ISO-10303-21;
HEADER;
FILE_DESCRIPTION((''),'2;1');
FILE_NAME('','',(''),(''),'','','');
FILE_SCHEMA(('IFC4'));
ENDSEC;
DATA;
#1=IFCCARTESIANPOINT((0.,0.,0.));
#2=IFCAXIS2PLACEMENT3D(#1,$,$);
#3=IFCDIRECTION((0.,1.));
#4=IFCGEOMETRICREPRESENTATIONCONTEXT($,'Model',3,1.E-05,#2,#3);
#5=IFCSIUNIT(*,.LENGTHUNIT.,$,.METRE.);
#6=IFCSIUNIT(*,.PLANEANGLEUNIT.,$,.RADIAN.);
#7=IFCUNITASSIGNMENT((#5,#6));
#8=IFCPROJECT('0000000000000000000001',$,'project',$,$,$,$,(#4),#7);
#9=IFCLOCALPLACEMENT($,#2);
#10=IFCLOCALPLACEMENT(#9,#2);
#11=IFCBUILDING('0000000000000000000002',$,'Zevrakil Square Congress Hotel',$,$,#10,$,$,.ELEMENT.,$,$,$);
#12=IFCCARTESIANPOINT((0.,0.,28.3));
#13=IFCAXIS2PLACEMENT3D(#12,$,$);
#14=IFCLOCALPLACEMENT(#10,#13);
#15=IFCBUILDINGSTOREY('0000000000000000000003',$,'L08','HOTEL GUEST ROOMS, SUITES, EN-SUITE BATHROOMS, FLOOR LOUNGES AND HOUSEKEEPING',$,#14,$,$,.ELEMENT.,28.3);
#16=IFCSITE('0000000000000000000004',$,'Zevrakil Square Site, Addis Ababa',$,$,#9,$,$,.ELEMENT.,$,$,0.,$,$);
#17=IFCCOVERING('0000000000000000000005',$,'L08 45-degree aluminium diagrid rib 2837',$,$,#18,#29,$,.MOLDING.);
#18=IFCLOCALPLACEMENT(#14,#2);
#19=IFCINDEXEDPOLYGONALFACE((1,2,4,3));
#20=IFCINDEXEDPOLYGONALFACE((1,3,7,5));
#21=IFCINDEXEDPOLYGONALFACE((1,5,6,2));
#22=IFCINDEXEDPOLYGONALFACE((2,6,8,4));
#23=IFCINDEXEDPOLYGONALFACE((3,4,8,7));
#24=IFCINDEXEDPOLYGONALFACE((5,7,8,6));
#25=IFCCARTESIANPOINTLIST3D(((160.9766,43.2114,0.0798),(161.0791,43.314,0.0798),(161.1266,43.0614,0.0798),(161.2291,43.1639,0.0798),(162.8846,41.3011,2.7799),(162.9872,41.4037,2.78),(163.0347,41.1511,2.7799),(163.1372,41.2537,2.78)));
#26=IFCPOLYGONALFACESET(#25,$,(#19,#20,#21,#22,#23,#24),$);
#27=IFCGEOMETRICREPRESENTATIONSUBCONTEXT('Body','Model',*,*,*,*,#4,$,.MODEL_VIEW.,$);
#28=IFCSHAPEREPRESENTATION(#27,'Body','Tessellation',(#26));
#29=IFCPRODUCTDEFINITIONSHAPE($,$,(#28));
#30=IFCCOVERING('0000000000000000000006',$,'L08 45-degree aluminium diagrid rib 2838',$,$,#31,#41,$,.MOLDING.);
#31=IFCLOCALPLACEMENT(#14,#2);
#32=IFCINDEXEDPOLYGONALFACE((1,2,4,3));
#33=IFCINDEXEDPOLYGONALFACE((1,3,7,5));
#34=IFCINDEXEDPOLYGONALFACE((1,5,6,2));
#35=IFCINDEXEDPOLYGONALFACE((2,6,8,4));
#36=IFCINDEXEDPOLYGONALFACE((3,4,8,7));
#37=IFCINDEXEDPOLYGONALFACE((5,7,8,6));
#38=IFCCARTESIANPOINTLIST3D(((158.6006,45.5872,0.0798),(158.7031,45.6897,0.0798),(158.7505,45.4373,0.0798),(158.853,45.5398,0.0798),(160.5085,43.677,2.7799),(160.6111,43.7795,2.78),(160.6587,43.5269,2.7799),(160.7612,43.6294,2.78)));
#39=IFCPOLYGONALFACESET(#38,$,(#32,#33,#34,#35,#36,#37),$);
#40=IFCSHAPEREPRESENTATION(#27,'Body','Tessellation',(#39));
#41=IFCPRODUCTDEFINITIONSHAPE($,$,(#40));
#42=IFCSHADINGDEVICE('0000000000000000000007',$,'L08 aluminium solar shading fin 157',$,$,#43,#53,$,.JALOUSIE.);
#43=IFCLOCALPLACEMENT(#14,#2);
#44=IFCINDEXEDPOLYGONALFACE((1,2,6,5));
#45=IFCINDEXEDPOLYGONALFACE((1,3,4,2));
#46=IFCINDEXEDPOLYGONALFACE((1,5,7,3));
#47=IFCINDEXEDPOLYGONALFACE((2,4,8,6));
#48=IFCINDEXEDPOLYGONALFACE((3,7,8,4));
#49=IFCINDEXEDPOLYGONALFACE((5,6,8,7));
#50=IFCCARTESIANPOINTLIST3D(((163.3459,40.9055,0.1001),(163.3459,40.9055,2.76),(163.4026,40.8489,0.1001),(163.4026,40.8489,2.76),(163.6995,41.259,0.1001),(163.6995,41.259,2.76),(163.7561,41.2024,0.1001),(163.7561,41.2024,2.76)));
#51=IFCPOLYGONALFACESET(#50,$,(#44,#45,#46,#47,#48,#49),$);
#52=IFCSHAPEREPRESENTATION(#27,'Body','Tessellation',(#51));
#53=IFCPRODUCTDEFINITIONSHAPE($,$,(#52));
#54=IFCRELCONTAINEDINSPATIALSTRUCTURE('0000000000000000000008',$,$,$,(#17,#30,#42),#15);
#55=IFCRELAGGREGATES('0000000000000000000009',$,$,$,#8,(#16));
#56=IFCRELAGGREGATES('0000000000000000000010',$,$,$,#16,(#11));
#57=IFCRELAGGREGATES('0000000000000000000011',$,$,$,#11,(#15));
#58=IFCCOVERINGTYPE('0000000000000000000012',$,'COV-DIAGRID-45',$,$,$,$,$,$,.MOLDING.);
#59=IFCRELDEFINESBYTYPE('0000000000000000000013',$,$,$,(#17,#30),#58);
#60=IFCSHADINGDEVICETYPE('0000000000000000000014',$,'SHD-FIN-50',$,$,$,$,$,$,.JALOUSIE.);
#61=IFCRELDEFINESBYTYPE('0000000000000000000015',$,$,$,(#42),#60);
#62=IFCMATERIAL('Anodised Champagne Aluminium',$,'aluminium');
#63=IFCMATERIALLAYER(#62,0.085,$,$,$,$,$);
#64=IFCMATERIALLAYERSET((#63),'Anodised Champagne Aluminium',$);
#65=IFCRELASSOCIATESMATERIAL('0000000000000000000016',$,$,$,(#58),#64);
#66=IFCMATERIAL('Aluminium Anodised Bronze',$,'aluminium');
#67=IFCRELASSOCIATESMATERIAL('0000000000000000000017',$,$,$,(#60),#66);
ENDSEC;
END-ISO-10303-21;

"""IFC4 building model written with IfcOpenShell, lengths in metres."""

from ifc_helpers import new_model, si_unit, direction, frame, origin, origin_2d, place, context, subcontext, project, spatial, polyline, rectangle, outline, extrude, material, layer, layer_set, type_object, element, save


model = new_model("IFC4")

# Units and contexts
model_context = context("Model", 3, precision=1e-05, world=origin(), true_north=direction((0.0, 1.0)))
body_context = subcontext(model_context, "Body", "Model", "MODEL_VIEW")
ifc_project = project(units=[si_unit("LENGTHUNIT", "METRE"), si_unit("PLANEANGLEUNIT", "RADIAN")], contexts=[model_context])

# Site, building, storey
site_placement = place(None, origin())
site = spatial("IfcSite", under=ifc_project, at=site_placement, Name="Zevrakil Square Site, Addis Ababa", CompositionType="ELEMENT", RefElevation=0.0)
building_placement = place(site_placement, origin())
building = spatial("IfcBuilding", under=site, at=building_placement, Name="Zevrakil Square Congress Hotel", CompositionType="ELEMENT")
storey_placement = place(building_placement, frame((0.0, 0.0, 28.3)))
storey = spatial("IfcBuildingStorey", under=building, at=storey_placement, Name="L08", Description="HOTEL GUEST ROOMS, SUITES, EN-SUITE BATHROOMS, FLOOR LOUNGES AND HOUSEKEEPING", CompositionType="ELEMENT", Elevation=28.3)

# Coverings
ifc_material_1 = material(Name="Anodised Champagne Aluminium", Category="aluminium")
ifc_layer_1 = layer(ifc_material_1, 0.085)
ifc_layer_set_1 = layer_set([ifc_layer_1], Name="Anodised Champagne Aluminium")
covering_type_1 = type_object("IfcCoveringType", Name="COV-DIAGRID-45", PredefinedType="MOLDING", material=ifc_layer_set_1)
covering_1_placement = place(storey_placement, frame((163.1372, 41.2537, 2.78), z_axis=(0.707107, 0.707107, 0.000575), x_axis=(-0.707107, 0.707107, 0.0)))
element("IfcCovering", 1, at=covering_1_placement, inside=storey, type_object=covering_type_1, Name="L08 45-degree aluminium diagrid rib 2837", PredefinedType="MOLDING", context=body_context, shape_type="SweptSolid", body=[
    extrude(outline(polyline([(0.0, 0.0), (0.2122, 0.0), (2.9122, -2.7002), (2.7, -2.7002), (0.0, 0.0)])), origin(), (0.0, 0.0, -1.0), 0.145),
])
covering_2_placement = place(storey_placement, frame((160.7612, 43.6294, 2.78), z_axis=(0.707107, 0.707107, 0.000575), x_axis=(-0.707107, 0.707107, 0.0)))
element("IfcCovering", 2, at=covering_2_placement, inside=storey, type_object=covering_type_1, Name="L08 45-degree aluminium diagrid rib 2838", PredefinedType="MOLDING", context=body_context, shape_type="SweptSolid", body=[
    extrude(outline(polyline([(0.0, 0.0), (0.2123, 0.0), (2.9122, -2.7002), (2.7002, -2.7002), (0.0, 0.0)])), origin(), (0.0, 0.0, -1.0), 0.145),
])

# Shading device
ifc_material_2 = material(Name="Aluminium Anodised Bronze", Category="aluminium")
shading_device_type = type_object("IfcShadingDeviceType", Name="SHD-FIN-50", PredefinedType="JALOUSIE", material=ifc_material_2)
shading_device_placement = place(storey_placement, frame((163.551, 41.054, 0.1001), z_axis=(0.0, 0.0, 1.0), x_axis=(0.707107, 0.707107, 0.0)))
element("IfcShadingDevice", 3, at=shading_device_placement, inside=storey, type_object=shading_device_type, Name="L08 aluminium solar shading fin 157", PredefinedType="JALOUSIE", context=body_context, shape_type="SweptSolid", body=[
    extrude(rectangle(XDim=0.5, YDim=0.0801, at=origin_2d()), origin(), (0.0, 0.0, 1.0), 2.6599),
])

save(model, "model.ifc")
